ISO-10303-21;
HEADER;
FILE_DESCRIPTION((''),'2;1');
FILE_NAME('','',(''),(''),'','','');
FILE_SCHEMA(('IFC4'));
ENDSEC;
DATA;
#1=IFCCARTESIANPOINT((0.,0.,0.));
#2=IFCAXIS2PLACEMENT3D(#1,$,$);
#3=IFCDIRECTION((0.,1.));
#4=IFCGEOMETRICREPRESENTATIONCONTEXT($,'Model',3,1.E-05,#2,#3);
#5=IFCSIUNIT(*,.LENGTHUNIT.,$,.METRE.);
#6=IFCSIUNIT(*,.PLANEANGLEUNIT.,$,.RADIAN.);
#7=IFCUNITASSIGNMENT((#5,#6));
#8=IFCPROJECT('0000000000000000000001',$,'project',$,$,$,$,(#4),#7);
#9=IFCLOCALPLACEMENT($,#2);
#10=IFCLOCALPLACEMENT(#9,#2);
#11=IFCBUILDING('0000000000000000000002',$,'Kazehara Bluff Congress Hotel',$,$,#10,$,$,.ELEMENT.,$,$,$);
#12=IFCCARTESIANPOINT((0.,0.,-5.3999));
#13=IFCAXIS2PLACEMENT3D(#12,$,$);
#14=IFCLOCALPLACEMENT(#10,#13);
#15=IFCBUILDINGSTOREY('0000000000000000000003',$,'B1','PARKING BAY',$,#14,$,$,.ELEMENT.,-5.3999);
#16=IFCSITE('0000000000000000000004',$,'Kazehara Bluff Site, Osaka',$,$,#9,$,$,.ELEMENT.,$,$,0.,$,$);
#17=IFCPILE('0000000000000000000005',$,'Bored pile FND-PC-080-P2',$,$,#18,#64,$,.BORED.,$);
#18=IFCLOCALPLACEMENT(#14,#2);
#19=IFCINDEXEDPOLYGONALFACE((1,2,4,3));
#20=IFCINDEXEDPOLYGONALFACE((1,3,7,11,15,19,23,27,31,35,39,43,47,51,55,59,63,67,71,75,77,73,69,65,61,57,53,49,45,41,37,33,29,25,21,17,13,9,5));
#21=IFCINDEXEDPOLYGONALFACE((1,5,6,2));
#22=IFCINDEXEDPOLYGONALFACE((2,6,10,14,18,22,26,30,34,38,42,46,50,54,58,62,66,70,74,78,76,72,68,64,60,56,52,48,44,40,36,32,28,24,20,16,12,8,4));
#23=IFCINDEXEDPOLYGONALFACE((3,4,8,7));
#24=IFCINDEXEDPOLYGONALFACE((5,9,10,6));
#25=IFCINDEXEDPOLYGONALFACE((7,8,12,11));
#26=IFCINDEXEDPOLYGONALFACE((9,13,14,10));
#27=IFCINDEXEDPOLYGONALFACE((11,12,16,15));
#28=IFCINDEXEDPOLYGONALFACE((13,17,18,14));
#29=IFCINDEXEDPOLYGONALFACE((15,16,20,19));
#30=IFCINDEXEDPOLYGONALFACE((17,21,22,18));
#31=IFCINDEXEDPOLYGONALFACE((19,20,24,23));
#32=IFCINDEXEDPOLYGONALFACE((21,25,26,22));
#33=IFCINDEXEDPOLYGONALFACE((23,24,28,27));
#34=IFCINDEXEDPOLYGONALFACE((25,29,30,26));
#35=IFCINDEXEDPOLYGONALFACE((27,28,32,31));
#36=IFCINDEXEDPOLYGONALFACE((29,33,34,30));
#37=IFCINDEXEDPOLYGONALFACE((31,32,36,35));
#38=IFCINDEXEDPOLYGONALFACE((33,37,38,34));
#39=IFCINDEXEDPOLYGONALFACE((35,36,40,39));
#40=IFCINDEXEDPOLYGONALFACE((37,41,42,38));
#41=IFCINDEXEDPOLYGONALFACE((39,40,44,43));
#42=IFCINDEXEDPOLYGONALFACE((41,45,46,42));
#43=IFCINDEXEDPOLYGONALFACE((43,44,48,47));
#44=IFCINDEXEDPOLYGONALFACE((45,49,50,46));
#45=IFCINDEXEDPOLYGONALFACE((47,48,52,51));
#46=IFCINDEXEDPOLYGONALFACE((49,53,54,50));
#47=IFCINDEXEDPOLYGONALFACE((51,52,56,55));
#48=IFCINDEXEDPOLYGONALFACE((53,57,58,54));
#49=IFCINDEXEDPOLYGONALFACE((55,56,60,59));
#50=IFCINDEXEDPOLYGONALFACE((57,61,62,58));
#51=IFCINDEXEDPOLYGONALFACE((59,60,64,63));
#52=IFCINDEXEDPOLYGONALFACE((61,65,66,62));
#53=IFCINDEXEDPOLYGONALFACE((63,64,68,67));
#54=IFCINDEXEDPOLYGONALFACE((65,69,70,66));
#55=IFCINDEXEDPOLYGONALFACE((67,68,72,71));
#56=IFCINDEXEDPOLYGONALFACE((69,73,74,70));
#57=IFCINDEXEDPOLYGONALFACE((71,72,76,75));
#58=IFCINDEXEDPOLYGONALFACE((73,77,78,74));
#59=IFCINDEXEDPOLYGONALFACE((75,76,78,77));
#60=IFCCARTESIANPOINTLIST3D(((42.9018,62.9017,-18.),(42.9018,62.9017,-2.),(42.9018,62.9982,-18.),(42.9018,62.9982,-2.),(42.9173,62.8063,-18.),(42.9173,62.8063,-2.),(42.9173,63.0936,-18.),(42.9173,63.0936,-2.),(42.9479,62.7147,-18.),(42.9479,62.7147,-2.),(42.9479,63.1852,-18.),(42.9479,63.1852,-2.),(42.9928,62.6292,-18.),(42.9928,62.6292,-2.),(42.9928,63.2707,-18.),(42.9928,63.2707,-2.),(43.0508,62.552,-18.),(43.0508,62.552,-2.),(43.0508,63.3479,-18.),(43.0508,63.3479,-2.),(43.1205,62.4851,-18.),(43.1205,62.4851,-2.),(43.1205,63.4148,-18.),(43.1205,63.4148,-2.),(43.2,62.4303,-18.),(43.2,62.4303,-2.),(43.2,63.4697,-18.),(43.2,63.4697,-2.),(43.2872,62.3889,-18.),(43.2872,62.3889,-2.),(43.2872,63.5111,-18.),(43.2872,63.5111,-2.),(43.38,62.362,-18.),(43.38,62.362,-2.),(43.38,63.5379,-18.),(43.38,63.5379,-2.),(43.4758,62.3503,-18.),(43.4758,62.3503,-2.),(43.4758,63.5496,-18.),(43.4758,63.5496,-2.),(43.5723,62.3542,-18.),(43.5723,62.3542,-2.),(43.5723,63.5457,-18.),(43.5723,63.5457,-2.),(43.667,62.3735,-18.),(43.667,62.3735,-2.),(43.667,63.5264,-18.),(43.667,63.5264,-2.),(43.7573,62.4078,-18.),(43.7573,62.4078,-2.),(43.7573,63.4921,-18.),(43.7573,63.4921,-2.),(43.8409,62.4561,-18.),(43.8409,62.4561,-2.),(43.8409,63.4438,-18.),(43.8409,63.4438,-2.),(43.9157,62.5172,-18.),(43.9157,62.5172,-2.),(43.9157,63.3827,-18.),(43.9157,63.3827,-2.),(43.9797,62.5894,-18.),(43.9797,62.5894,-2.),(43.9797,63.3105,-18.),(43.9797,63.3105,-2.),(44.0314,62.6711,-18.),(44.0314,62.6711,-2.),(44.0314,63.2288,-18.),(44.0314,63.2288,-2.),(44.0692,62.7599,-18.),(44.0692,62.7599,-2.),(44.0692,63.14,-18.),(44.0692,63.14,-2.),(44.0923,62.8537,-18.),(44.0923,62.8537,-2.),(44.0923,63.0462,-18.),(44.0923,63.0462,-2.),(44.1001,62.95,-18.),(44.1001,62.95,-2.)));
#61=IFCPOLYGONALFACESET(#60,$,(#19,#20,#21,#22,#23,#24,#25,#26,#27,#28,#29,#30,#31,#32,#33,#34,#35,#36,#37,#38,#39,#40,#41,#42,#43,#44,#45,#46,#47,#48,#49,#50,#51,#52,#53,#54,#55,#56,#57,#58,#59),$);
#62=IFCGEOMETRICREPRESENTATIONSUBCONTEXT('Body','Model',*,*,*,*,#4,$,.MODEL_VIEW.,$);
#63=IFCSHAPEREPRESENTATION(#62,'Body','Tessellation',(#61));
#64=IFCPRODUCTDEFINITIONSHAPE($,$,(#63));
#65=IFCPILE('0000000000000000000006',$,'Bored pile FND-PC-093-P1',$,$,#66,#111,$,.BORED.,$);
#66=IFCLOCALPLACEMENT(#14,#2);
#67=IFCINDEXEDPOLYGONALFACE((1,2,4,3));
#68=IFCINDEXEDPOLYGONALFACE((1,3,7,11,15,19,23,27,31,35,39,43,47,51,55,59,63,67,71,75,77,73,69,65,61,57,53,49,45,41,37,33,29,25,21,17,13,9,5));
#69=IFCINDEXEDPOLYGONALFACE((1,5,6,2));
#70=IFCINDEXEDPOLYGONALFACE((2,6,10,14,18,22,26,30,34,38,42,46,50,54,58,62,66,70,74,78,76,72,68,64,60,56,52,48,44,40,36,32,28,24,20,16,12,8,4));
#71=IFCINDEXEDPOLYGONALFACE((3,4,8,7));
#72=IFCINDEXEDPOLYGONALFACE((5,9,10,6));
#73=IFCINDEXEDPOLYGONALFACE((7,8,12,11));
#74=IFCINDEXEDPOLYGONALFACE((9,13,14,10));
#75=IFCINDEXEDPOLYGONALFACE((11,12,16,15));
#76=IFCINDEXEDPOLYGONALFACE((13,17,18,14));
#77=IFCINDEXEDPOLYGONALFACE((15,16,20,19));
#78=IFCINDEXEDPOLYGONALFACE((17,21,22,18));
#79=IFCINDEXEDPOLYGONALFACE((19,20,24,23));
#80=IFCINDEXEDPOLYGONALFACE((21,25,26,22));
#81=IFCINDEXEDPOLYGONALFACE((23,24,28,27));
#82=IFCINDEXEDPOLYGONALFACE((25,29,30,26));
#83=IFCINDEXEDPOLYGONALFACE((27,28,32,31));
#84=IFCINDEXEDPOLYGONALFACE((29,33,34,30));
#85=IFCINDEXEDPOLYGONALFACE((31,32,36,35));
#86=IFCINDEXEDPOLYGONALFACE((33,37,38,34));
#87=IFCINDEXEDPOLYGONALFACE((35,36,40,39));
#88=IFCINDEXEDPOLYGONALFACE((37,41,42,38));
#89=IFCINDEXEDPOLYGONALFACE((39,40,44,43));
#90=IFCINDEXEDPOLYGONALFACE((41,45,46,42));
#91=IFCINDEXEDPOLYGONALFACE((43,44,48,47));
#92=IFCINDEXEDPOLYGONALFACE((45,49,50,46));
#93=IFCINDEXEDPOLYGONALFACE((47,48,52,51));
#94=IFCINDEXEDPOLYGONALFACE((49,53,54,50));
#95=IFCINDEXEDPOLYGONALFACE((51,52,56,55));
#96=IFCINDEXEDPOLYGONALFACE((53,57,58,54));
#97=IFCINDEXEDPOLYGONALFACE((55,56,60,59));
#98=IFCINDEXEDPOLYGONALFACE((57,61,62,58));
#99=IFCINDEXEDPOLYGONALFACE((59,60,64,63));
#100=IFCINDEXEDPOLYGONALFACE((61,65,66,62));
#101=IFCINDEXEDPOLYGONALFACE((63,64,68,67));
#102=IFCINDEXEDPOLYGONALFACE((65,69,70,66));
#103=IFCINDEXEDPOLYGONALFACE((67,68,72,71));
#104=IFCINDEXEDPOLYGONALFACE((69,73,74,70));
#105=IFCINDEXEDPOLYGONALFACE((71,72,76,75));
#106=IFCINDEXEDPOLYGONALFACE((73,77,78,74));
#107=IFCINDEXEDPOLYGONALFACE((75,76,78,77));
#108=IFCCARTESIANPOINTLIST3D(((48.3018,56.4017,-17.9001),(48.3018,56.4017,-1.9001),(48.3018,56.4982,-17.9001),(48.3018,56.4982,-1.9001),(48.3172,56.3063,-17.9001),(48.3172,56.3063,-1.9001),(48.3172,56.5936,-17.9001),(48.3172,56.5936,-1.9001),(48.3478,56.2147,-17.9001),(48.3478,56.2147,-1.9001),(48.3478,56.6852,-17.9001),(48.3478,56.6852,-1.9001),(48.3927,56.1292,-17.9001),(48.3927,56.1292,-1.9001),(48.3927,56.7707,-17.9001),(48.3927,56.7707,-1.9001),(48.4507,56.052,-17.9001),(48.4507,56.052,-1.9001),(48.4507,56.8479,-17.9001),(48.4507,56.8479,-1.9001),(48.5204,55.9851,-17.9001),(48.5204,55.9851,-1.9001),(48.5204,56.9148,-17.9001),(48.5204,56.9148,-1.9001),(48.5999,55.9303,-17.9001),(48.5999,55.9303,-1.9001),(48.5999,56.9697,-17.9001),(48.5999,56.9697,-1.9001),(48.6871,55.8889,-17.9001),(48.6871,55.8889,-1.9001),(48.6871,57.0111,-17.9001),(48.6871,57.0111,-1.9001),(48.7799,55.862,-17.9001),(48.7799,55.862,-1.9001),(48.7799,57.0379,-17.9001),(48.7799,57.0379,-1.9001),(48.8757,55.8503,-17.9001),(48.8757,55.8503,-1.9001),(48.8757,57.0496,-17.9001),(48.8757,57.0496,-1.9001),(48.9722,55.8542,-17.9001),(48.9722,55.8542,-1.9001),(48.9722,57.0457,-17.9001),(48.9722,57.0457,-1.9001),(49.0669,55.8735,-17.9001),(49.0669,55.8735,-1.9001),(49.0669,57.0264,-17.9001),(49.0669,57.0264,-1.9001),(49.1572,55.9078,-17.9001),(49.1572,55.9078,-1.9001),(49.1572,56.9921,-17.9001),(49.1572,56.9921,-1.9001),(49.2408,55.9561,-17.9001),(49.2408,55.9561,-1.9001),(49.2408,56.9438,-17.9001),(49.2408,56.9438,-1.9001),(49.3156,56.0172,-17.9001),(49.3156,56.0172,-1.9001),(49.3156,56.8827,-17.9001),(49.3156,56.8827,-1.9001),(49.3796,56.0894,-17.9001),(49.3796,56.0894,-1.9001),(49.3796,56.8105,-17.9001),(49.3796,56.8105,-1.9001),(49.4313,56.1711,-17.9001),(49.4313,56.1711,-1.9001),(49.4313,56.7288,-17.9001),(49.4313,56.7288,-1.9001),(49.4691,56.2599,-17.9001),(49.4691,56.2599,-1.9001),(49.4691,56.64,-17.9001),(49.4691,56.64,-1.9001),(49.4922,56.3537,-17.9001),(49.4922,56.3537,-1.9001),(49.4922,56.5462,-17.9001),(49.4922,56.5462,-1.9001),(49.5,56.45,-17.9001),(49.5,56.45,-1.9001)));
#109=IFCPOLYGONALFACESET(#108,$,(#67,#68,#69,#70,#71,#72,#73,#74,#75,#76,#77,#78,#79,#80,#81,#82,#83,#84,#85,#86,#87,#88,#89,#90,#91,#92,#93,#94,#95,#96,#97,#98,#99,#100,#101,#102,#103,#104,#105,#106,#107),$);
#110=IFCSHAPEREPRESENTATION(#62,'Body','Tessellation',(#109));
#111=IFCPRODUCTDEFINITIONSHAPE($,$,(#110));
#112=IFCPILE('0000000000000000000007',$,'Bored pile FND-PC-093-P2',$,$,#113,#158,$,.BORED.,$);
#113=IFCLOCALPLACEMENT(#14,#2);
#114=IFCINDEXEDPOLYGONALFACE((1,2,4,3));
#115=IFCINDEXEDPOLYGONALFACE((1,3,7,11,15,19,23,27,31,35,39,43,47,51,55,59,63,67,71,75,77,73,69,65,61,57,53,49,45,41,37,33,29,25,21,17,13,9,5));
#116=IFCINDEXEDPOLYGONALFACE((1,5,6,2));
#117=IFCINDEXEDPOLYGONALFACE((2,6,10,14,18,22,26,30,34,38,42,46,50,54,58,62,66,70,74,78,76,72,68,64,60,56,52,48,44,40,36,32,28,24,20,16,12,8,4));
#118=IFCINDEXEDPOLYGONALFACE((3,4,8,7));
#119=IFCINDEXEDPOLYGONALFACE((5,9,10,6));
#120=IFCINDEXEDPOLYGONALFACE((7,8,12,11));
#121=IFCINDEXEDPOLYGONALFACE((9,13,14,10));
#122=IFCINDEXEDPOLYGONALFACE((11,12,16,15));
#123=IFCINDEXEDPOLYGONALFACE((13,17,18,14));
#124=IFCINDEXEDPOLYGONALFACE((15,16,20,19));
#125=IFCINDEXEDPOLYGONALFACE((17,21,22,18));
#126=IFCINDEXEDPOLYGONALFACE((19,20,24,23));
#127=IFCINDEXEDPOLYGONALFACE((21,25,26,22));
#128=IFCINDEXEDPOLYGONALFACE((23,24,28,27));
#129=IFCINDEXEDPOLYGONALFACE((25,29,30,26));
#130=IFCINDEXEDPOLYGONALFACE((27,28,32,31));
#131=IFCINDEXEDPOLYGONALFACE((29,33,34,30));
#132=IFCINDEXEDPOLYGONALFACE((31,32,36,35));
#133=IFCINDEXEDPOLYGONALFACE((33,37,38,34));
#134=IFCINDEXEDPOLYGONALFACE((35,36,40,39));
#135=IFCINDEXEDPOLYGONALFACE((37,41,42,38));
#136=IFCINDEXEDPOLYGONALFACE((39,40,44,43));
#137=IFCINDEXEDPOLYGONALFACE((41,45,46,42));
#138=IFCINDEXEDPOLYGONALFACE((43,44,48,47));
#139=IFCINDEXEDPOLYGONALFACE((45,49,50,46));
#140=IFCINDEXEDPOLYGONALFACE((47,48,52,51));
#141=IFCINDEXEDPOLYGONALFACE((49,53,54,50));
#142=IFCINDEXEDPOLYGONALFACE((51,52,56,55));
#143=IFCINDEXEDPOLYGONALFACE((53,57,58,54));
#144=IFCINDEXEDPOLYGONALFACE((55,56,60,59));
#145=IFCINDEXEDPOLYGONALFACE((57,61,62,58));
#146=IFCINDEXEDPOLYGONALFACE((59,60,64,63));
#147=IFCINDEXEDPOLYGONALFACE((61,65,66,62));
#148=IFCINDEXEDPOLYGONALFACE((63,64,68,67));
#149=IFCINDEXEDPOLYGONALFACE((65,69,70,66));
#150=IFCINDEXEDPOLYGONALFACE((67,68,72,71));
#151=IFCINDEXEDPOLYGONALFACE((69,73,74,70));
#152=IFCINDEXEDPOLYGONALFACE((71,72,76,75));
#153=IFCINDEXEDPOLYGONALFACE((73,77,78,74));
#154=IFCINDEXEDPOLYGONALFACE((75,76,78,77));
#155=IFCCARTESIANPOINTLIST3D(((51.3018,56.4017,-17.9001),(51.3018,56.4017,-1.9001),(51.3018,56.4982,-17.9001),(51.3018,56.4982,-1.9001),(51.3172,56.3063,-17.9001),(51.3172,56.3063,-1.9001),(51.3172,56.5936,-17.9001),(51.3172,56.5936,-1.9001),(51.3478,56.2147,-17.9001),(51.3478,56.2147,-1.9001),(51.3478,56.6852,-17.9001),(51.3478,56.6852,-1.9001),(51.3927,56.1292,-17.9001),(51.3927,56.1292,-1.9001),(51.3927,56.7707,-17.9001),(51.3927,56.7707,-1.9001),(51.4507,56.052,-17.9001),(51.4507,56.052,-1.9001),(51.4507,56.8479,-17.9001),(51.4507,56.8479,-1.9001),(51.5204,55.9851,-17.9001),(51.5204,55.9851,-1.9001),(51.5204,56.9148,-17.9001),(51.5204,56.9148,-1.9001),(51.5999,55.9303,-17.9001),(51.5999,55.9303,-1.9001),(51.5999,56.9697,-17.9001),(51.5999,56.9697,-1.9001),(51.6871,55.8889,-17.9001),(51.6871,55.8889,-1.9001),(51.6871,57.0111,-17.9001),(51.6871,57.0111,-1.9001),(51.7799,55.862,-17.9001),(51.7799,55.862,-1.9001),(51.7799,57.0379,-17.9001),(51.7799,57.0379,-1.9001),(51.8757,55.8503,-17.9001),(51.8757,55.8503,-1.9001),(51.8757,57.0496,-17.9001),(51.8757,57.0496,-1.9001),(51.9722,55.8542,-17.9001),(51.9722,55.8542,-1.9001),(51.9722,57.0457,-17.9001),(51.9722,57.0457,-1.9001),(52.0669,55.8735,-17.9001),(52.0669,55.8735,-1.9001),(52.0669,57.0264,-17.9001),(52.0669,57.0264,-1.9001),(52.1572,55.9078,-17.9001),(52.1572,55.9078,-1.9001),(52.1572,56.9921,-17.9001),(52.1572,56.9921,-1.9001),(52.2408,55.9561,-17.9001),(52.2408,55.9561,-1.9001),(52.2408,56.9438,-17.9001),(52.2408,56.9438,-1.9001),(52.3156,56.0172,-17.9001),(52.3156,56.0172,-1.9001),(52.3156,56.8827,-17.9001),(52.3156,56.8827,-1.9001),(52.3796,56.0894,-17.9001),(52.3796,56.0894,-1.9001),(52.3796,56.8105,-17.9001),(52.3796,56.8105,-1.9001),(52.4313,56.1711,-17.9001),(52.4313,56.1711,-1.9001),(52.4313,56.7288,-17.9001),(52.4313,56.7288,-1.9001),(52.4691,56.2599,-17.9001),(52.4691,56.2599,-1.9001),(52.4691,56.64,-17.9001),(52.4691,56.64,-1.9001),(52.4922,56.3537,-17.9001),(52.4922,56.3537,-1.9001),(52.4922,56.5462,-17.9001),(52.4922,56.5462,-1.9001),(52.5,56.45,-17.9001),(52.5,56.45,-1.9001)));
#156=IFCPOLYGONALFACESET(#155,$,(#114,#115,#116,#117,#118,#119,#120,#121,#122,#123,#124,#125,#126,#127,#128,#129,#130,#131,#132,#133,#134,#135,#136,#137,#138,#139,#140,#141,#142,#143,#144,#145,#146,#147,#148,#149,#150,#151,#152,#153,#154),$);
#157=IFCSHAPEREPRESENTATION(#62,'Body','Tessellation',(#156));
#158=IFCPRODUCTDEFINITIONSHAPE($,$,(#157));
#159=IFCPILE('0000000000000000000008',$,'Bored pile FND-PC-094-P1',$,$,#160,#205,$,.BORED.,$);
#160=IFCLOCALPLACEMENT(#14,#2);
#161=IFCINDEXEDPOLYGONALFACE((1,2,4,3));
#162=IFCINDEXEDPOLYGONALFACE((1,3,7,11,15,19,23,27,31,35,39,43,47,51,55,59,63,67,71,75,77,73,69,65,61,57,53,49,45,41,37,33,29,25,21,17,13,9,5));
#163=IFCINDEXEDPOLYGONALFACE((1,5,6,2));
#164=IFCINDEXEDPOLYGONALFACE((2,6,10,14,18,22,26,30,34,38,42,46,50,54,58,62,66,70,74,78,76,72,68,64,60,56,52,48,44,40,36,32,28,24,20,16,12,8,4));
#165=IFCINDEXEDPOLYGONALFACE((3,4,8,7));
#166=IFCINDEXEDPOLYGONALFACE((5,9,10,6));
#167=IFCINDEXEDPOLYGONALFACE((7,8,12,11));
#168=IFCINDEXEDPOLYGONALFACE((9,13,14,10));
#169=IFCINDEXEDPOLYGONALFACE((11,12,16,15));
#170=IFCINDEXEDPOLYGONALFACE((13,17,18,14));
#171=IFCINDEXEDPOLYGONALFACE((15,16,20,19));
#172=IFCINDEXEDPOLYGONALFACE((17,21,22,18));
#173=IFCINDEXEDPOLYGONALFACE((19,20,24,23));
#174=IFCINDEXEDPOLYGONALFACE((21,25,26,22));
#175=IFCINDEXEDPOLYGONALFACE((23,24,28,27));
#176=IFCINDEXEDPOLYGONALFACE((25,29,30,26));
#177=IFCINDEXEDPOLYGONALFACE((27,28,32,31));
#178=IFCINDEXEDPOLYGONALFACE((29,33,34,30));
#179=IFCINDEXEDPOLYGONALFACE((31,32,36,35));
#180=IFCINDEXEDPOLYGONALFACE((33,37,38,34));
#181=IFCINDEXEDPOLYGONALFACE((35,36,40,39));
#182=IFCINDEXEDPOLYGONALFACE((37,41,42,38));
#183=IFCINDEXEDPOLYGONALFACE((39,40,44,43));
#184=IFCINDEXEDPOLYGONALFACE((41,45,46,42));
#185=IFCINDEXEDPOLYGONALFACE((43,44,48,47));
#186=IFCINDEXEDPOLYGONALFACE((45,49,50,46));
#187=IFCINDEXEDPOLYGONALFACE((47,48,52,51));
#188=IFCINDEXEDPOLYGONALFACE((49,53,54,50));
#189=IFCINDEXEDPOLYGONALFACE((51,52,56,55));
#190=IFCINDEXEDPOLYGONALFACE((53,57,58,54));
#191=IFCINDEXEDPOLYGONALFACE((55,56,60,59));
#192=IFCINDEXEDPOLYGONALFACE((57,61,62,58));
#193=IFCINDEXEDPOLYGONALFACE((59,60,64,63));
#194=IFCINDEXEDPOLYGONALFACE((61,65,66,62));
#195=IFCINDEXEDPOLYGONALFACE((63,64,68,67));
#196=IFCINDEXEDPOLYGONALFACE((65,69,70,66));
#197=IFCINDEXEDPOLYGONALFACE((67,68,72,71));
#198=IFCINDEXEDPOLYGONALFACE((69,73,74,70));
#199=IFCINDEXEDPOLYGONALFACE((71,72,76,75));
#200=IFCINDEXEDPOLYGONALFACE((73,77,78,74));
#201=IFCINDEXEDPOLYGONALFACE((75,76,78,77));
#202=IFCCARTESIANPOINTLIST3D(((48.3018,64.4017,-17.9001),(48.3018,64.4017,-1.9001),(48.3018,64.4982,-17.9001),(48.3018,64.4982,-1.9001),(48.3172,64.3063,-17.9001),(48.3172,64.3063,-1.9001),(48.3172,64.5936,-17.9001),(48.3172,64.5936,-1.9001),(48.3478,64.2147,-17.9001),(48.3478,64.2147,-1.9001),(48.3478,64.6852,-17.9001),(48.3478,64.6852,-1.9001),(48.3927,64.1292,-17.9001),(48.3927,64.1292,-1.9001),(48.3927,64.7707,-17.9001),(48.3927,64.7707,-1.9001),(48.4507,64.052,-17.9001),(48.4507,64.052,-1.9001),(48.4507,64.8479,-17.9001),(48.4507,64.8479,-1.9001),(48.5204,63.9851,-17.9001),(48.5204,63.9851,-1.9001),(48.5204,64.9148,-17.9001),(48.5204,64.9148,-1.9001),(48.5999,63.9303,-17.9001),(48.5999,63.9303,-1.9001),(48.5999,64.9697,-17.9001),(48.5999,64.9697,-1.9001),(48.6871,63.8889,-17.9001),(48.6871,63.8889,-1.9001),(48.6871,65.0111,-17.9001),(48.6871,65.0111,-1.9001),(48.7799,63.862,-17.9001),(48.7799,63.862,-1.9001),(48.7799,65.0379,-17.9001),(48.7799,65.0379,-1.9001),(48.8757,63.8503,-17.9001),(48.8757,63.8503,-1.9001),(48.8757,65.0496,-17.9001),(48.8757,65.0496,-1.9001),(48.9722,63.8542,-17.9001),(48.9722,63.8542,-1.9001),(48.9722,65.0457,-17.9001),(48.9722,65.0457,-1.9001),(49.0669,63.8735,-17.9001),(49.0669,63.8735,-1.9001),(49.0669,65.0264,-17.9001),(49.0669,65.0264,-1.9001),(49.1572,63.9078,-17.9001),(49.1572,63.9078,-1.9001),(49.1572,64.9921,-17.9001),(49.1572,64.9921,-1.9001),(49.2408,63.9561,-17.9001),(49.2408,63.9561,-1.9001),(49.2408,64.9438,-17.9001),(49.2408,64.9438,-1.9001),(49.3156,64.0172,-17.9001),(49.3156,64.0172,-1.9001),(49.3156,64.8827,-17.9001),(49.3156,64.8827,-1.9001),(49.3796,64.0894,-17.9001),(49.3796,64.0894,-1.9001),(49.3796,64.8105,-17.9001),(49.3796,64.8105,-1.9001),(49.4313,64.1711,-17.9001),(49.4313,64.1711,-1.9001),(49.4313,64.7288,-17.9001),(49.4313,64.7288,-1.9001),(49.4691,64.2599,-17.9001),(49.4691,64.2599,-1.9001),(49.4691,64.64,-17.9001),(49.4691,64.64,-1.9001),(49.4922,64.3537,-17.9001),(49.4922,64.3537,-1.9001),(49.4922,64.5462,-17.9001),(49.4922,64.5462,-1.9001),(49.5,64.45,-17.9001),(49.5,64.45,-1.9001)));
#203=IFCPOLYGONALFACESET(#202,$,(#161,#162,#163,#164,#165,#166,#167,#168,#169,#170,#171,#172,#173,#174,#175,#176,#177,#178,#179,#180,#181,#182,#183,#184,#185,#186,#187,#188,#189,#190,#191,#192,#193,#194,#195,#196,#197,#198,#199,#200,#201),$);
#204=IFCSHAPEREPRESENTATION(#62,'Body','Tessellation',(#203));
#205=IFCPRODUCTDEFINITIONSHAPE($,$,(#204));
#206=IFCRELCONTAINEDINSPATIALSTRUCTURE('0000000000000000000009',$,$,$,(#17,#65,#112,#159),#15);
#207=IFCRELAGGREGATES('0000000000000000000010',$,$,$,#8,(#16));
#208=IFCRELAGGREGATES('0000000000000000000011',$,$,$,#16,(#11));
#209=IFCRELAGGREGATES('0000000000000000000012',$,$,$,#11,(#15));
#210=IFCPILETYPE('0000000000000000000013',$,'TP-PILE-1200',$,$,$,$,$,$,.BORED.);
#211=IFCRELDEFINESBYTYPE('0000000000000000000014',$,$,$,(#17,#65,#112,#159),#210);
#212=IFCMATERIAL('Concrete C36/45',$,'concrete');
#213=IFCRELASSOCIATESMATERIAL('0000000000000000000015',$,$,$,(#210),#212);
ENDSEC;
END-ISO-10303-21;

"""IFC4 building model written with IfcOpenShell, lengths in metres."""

from ifc_helpers import new_model, si_unit, direction, frame, origin, origin_2d, place, context, subcontext, project, spatial, circle, extrude, material, material_profile, profile_set, type_object, element, save


model = new_model("IFC4")

# Units and contexts
model_context = context("Model", 3, precision=1e-05, world=origin(), true_north=direction((0.0, 1.0)))
body_context = subcontext(model_context, "Body", "Model", "MODEL_VIEW")
ifc_project = project(units=[si_unit("LENGTHUNIT", "METRE"), si_unit("PLANEANGLEUNIT", "RADIAN")], contexts=[model_context])

# Site, building, storey
site_placement = place(None, origin())
site = spatial("IfcSite", under=ifc_project, at=site_placement, Name="Kazehara Bluff Site, Osaka", CompositionType="ELEMENT", RefElevation=0.0)
building_placement = place(site_placement, origin())
building = spatial("IfcBuilding", under=site, at=building_placement, Name="Kazehara Bluff Congress Hotel", CompositionType="ELEMENT")
storey_placement = place(building_placement, frame((0.0, 0.0, -5.3999)))
storey = spatial("IfcBuildingStorey", under=building, at=storey_placement, Name="B1", Description="PARKING BAY", CompositionType="ELEMENT", Elevation=-5.3999)

# Piles
ifc_material_1 = material(Name="Concrete C36/45", Category="concrete")
ifc_material_profile_1 = material_profile(ifc_material_1, circle(Radius=0.6001, at=origin_2d()))
ifc_profile_set_1 = profile_set([ifc_material_profile_1], Name="Concrete C36/45")
pile_type = type_object("IfcPileType", Name="TP-PILE-1200", PredefinedType="BORED", material=ifc_profile_set_1)
for number, where, z_axis, x_axis, name in (
    (1, (43.5, 62.95, -2.0), (0.0, 0.0, -1.0), (1.0, 0.0, 0.0), "Bored pile FND-PC-080-P2"),
    (2, (48.8999, 56.45, -1.9001), (0.0, 0.0, -1.0), (1.0, 0.0, 0.0), "Bored pile FND-PC-093-P1"),
    (3, (51.8999, 56.45, -1.9001), (0.0, 0.0, -1.0), (1.0, 0.0, 0.0), "Bored pile FND-PC-093-P2"),
    (4, (48.8999, 64.45, -1.9001), (0.0, 0.0, -1.0), (1.0, 0.0, 0.0), "Bored pile FND-PC-094-P1"),
):
    element("IfcPile", number, at=place(storey_placement, frame(where, z_axis=z_axis, x_axis=x_axis)), inside=storey, type_object=pile_type, Name=name, PredefinedType="BORED", context=body_context, shape_type="SweptSolid", body=[
        extrude(circle(Radius=0.6001, at=origin_2d()), origin(), (0.0, 0.0, 1.0), 16.0),
    ])

save(model, "model.ifc")
